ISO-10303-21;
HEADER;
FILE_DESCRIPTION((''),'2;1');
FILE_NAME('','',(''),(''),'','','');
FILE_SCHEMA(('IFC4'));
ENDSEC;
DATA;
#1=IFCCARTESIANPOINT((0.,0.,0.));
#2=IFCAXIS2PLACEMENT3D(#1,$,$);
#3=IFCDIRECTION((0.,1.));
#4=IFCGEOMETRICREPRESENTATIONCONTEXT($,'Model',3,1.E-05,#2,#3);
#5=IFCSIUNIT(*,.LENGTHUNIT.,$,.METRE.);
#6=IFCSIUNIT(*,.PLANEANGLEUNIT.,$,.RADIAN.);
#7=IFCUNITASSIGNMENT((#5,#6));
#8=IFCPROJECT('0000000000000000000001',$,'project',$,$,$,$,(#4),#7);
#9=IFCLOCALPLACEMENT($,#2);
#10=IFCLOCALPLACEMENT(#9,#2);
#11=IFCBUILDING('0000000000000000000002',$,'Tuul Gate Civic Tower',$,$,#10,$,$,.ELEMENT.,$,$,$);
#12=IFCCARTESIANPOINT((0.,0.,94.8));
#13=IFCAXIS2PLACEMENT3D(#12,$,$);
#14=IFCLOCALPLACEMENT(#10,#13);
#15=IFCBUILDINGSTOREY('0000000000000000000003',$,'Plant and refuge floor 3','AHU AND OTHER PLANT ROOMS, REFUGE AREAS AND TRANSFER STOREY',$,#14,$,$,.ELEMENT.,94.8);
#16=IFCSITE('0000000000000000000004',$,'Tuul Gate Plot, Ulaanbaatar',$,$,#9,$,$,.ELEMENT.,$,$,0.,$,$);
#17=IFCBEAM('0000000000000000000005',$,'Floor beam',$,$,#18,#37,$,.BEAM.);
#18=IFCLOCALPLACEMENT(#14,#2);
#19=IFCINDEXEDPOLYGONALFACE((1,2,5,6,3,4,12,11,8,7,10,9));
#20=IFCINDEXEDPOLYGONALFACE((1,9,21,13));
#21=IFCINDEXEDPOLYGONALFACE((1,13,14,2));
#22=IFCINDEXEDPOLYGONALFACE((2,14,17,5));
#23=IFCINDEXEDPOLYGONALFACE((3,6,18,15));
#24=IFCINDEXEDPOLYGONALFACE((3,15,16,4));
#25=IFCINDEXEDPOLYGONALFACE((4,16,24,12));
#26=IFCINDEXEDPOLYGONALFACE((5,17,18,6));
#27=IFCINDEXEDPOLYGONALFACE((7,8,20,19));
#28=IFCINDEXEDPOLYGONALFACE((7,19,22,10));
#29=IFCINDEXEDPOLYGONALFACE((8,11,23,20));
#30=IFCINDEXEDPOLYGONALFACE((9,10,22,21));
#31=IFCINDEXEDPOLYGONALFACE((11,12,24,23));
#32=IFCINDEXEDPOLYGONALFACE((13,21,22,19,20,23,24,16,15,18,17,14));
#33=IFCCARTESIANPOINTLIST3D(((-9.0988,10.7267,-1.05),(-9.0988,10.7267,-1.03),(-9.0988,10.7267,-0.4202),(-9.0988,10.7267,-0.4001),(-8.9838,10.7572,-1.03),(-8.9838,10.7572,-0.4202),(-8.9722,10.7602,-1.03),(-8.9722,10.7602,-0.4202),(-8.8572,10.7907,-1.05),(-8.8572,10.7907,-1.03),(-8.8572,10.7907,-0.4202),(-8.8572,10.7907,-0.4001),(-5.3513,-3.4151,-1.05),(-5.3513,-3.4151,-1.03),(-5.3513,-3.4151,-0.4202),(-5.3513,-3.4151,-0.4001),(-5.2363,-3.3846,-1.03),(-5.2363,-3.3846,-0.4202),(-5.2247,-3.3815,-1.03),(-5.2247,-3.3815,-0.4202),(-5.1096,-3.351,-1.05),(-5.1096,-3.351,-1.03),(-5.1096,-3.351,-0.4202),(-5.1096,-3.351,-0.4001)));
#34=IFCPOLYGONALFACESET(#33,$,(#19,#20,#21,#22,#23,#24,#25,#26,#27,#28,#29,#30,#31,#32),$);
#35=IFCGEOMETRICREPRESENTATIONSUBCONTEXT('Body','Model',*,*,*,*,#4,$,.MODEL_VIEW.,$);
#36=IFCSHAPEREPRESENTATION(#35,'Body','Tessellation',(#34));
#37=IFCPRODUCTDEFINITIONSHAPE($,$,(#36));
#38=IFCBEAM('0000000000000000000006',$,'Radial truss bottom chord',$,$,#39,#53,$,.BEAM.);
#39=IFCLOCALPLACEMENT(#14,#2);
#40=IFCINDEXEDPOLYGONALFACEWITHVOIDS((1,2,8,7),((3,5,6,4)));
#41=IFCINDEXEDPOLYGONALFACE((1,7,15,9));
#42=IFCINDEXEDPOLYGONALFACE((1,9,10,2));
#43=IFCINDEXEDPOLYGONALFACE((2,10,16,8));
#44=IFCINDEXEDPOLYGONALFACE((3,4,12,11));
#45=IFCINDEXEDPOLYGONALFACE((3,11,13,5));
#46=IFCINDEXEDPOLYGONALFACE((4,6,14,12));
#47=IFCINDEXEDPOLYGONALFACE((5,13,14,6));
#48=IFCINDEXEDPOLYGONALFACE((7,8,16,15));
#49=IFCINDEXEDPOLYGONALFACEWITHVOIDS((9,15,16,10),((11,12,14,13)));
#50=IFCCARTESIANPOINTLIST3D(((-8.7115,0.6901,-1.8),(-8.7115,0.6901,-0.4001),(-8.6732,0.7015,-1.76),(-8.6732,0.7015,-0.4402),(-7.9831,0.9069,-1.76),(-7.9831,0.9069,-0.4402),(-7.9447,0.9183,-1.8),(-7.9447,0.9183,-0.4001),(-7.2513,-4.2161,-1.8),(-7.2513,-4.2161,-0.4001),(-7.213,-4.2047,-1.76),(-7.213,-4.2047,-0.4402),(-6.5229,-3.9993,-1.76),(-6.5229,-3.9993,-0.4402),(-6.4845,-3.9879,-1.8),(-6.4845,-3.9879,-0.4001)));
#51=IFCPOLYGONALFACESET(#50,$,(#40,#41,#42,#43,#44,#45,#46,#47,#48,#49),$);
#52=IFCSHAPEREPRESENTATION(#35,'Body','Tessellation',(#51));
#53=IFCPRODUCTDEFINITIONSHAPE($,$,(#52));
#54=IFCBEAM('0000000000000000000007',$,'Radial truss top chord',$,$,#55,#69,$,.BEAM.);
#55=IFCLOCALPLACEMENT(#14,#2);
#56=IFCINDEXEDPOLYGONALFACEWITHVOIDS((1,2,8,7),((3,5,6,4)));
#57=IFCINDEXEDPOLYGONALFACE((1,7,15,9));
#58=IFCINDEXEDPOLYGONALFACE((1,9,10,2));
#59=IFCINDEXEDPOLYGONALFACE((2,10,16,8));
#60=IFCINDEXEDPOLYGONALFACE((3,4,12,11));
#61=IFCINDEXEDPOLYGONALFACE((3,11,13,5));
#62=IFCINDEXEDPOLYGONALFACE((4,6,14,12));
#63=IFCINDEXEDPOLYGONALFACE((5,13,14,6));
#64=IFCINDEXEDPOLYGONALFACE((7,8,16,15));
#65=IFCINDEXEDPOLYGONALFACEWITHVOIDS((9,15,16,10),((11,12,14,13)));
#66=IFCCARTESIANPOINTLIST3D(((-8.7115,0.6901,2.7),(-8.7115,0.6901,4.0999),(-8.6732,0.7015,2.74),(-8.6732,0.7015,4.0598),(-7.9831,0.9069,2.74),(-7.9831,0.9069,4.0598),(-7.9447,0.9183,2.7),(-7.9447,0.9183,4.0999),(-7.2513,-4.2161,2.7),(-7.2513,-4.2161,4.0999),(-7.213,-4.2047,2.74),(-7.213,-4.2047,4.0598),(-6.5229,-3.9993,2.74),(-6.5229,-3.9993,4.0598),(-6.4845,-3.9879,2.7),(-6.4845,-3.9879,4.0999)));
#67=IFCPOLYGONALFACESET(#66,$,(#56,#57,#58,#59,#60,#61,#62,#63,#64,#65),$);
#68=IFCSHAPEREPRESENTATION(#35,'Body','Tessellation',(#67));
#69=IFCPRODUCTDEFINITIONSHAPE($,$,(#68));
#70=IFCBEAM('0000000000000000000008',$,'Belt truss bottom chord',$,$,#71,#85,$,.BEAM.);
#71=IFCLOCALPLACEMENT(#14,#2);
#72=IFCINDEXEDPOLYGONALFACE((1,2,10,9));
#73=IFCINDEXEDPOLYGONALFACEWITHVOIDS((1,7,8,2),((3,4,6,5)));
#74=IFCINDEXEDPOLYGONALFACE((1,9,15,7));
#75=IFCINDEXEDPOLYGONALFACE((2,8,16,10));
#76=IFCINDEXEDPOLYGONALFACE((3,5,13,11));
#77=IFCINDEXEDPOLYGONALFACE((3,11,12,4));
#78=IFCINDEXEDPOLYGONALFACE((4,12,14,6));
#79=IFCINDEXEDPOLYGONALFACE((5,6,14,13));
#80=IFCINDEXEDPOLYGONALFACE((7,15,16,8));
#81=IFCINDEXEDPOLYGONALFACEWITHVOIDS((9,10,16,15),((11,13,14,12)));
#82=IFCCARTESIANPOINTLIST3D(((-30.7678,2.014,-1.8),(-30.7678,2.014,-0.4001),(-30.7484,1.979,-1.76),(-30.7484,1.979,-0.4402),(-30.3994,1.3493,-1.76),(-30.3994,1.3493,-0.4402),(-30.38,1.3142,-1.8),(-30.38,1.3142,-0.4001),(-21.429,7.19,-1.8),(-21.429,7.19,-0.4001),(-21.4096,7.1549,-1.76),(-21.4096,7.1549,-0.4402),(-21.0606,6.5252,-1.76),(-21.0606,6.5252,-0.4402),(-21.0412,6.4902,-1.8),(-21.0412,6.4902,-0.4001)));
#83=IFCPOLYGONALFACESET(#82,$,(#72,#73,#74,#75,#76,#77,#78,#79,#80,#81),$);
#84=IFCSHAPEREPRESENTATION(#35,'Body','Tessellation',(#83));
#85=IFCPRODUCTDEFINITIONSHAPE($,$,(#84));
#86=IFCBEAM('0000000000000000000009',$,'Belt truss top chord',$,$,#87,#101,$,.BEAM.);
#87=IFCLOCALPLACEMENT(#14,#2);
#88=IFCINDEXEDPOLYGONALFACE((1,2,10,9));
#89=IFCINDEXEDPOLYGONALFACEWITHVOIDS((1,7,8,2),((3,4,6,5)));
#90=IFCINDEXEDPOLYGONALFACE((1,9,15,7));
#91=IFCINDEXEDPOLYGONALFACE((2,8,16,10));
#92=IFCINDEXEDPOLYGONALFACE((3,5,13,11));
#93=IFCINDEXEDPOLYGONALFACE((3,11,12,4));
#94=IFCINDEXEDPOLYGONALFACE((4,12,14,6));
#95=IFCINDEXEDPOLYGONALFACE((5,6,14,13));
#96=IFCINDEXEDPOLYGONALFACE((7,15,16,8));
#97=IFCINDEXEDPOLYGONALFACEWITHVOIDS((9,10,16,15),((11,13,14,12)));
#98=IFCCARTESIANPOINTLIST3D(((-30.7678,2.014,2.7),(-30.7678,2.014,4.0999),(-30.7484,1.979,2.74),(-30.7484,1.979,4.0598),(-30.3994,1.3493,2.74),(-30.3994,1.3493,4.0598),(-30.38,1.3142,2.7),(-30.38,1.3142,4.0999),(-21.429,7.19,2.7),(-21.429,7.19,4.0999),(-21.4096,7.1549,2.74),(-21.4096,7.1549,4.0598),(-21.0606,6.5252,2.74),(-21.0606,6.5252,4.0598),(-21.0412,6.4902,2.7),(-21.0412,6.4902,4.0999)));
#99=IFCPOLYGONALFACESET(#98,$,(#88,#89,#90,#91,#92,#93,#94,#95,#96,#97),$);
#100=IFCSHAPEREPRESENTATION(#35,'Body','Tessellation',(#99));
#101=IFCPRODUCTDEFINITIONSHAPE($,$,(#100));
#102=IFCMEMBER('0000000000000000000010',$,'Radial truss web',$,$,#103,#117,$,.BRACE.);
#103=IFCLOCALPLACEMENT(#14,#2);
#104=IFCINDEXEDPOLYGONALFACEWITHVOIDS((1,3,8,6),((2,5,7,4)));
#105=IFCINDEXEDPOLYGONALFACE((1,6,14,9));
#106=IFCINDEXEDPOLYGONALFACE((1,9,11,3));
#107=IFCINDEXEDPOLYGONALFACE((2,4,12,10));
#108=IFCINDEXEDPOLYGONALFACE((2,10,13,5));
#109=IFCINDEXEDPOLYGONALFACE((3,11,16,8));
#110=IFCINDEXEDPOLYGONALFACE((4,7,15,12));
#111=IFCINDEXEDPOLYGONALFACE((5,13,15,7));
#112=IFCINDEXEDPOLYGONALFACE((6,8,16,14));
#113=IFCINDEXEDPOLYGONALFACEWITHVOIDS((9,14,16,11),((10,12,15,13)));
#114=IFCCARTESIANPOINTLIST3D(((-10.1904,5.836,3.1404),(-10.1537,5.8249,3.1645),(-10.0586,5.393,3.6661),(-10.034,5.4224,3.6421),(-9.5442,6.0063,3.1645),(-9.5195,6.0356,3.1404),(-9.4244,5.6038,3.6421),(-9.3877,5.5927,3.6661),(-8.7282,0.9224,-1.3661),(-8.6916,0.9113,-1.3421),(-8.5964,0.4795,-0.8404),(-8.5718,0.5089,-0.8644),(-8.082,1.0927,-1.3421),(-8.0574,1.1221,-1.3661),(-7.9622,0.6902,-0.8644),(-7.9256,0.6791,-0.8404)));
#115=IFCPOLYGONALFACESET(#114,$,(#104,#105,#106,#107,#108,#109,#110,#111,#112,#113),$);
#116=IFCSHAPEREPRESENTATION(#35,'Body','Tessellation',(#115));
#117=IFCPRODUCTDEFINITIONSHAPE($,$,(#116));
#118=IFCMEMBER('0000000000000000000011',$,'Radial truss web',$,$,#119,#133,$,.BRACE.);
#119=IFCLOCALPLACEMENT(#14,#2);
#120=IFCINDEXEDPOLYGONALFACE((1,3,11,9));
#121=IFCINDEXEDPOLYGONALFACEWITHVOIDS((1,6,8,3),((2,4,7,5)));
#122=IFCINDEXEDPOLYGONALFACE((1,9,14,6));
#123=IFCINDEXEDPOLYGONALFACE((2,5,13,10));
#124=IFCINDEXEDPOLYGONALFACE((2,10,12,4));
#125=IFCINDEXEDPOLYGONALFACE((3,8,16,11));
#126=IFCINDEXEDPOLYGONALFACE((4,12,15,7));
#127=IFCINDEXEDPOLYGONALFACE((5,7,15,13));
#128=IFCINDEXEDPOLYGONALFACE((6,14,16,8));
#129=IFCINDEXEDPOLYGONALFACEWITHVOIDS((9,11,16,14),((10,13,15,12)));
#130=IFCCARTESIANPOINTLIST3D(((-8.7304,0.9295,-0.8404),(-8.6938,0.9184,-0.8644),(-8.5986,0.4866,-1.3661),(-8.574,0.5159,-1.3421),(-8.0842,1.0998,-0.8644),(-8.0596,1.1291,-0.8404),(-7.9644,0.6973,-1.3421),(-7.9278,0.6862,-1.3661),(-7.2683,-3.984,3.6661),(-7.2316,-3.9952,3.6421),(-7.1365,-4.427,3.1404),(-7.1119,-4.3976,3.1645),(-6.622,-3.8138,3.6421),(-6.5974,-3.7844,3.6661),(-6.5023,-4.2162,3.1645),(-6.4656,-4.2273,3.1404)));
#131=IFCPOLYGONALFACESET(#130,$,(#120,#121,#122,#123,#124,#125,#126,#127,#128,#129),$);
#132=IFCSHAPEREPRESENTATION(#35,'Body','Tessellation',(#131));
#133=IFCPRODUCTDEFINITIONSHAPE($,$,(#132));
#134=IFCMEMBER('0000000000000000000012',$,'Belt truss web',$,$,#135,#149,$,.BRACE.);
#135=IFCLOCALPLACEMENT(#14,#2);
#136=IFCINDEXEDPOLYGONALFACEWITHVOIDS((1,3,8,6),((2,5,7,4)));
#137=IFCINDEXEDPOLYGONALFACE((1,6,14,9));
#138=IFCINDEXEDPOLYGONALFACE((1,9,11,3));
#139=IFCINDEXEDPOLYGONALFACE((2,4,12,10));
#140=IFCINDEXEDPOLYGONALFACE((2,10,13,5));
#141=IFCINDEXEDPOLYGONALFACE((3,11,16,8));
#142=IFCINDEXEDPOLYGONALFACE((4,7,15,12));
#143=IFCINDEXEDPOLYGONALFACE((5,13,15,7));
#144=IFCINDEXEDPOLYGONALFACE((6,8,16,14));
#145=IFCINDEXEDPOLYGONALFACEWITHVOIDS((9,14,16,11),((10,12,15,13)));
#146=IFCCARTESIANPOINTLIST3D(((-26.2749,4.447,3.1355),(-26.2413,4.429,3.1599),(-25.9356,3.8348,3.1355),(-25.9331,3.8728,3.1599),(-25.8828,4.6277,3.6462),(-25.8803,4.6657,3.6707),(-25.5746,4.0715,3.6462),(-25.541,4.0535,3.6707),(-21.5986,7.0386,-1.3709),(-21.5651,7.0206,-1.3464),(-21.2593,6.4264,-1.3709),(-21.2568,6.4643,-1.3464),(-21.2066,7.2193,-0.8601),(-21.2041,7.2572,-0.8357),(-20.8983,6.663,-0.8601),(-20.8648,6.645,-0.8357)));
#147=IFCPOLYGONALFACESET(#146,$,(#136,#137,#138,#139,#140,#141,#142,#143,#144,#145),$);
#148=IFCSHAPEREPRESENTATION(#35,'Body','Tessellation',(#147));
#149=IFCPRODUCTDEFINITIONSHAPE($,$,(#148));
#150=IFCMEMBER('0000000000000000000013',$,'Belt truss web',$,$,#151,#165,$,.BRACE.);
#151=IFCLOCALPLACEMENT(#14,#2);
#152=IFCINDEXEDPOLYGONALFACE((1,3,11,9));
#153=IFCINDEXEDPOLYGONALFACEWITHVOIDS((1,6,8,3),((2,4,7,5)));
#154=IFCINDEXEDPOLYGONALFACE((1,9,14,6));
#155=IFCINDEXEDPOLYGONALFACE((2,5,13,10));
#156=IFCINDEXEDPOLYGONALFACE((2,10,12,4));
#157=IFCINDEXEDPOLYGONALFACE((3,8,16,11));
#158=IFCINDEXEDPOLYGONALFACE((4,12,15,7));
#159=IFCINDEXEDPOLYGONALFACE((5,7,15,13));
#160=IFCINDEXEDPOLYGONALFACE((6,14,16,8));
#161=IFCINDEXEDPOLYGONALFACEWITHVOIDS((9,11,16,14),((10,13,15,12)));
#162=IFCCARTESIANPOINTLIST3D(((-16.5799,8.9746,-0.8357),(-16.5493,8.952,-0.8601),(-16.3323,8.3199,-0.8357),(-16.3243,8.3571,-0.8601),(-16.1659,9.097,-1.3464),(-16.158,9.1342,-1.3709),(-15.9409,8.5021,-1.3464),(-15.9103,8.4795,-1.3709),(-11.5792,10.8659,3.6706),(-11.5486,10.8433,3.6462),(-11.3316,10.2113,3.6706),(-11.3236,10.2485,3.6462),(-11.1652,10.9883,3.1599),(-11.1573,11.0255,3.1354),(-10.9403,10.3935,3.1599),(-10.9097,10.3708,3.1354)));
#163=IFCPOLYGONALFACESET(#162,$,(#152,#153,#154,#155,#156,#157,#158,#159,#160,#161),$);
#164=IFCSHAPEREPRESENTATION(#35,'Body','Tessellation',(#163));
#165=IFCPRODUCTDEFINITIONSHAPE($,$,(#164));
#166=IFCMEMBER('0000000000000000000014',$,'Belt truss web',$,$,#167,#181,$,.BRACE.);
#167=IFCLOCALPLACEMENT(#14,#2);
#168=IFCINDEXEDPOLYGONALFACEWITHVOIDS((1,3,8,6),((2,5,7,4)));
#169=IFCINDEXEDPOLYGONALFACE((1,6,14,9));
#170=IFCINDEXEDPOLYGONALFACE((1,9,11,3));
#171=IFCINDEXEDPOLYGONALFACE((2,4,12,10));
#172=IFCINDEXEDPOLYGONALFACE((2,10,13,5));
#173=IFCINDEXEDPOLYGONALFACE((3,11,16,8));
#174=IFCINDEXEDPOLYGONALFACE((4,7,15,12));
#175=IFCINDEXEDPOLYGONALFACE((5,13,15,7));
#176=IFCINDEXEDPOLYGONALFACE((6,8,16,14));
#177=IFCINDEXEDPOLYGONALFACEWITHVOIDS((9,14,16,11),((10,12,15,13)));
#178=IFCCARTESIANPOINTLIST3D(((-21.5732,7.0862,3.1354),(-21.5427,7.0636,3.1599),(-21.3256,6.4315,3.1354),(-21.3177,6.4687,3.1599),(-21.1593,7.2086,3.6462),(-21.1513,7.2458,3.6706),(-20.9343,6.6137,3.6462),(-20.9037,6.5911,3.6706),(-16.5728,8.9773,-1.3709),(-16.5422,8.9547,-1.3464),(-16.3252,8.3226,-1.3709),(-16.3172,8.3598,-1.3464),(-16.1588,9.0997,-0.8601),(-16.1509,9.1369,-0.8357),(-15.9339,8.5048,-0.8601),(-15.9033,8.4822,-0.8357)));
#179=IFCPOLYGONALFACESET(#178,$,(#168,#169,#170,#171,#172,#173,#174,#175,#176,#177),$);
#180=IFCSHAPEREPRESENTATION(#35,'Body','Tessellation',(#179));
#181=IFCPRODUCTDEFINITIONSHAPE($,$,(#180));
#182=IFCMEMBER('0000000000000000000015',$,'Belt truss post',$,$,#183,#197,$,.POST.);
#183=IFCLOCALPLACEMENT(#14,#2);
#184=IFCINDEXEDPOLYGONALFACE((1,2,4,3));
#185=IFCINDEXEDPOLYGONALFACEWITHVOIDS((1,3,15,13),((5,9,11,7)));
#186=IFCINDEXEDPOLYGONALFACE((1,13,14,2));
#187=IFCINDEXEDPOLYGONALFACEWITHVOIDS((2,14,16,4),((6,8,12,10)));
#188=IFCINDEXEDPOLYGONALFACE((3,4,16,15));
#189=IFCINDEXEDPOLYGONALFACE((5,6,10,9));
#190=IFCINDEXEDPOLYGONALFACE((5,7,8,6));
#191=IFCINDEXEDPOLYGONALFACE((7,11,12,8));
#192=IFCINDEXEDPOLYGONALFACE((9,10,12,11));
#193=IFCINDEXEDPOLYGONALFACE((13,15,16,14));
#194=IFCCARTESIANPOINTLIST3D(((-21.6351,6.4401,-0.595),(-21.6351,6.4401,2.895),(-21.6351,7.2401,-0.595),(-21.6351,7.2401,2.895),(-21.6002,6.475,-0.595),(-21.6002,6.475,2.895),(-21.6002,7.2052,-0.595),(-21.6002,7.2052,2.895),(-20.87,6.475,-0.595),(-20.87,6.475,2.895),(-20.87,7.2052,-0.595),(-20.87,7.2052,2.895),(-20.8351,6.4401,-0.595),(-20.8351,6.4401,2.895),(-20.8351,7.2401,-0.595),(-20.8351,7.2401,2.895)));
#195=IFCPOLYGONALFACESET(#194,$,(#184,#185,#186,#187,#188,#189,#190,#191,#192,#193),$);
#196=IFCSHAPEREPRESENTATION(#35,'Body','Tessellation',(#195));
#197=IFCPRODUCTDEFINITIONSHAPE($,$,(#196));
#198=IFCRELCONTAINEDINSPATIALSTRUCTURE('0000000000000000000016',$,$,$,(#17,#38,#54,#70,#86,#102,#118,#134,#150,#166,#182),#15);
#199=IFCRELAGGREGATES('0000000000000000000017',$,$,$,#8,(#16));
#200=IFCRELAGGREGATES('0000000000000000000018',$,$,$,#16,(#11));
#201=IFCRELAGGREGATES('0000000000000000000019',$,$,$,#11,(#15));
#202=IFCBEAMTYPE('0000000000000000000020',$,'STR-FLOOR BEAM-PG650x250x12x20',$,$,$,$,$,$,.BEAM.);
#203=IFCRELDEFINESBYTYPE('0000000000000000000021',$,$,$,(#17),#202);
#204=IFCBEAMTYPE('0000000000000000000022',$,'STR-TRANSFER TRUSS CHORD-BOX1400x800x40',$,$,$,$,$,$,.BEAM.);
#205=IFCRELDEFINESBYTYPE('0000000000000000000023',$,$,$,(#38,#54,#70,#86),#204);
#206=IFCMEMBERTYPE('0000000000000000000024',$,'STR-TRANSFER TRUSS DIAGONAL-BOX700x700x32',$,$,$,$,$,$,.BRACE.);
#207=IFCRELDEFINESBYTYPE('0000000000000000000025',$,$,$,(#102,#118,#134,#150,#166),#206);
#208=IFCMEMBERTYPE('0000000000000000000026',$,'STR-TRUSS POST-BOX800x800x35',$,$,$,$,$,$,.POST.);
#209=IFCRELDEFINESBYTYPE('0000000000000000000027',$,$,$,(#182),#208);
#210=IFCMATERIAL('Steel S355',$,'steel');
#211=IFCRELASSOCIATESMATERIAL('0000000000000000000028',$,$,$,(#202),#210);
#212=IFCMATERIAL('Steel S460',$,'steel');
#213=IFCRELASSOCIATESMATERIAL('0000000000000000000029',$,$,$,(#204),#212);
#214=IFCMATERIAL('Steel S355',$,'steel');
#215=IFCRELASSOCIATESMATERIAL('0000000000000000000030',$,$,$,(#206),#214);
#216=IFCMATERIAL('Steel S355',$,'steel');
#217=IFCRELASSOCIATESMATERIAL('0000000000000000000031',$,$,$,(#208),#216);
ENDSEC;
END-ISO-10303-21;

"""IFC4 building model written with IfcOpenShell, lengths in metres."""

from ifc_helpers import new_model, si_unit, direction, frame, origin, origin_2d, place, context, subcontext, project, spatial, hollow_rectangle, i_section, extrude, material, material_profile, profile_set, type_object, element, save


model = new_model("IFC4")

# Units and contexts
model_context = context("Model", 3, precision=1e-05, world=origin(), true_north=direction((0.0, 1.0)))
body_context = subcontext(model_context, "Body", "Model", "MODEL_VIEW")
ifc_project = project(units=[si_unit("LENGTHUNIT", "METRE"), si_unit("PLANEANGLEUNIT", "RADIAN")], contexts=[model_context])

# Site, building, storey
site_placement = place(None, origin())
site = spatial("IfcSite", under=ifc_project, at=site_placement, Name="Tuul Gate Plot, Ulaanbaatar", CompositionType="ELEMENT", RefElevation=0.0)
building_placement = place(site_placement, origin())
building = spatial("IfcBuilding", under=site, at=building_placement, Name="Tuul Gate Civic Tower", CompositionType="ELEMENT")
storey_placement = place(building_placement, frame((0.0, 0.0, 94.8)))
storey = spatial("IfcBuildingStorey", under=building, at=storey_placement, Name="Plant and refuge floor 3", Description="AHU AND OTHER PLANT ROOMS, REFUGE AREAS AND TRANSFER STOREY", CompositionType="ELEMENT", Elevation=94.8)

# Beams
ifc_material_1 = material(Name="Steel S355", Category="steel")
ifc_material_profile_1 = material_profile(ifc_material_1, i_section(OverallWidth=0.25, OverallDepth=0.6499, WebThickness=0.012, FlangeThickness=0.02, at=origin_2d()), Name="PG650x250x12x20")
ifc_profile_set_1 = profile_set([ifc_material_profile_1], Name="Steel S355")
beam_type_1 = type_object("IfcBeamType", Name="STR-FLOOR BEAM-PG650x250x12x20", PredefinedType="BEAM", material=ifc_profile_set_1)
beam_placement = place(storey_placement, frame((-5.2305, -3.3831, -0.7251), z_axis=(-0.256156, 0.966635, 0.0), x_axis=(-0.966635, -0.256156, 0.0)))
element("IfcBeam", 1, at=beam_placement, inside=storey, type_object=beam_type_1, Name="Floor beam", PredefinedType="BEAM", context=body_context, shape_type="SweptSolid", body=[
    extrude(i_section(OverallWidth=0.25, OverallDepth=0.6499, WebThickness=0.012, FlangeThickness=0.02, at=origin_2d()), origin(), (0.0, 0.0, 1.0), 14.6299),
])
ifc_material_2 = material(Name="Steel S460", Category="steel")
ifc_material_profile_2 = material_profile(ifc_material_2, hollow_rectangle(XDim=0.8, YDim=1.3999, WallThickness=0.04, at=origin_2d()), Name="BOX1400x800x40")
ifc_profile_set_2 = profile_set([ifc_material_profile_2], Name="Steel S460")
beam_type_2 = type_object("IfcBeamType", Name="STR-TRANSFER TRUSS CHORD-BOX1400x800x40", PredefinedType="BEAM", material=ifc_profile_set_2)
for number, where, z_axis, x_axis, name in (
    (2, (-8.3281, 0.8042, -1.1001), (0.285256, -0.958451, 0.0), (0.958451, 0.285256, 0.0), "Radial truss bottom chord"),
    (3, (-8.3281, 0.8042, 3.3999), (0.285256, -0.958451, 0.0), (0.958451, 0.285256, 0.0), "Radial truss top chord"),
):
    element("IfcBeam", number, at=place(storey_placement, frame(where, z_axis=z_axis, x_axis=x_axis)), inside=storey, type_object=beam_type_2, Name=name, PredefinedType="BEAM", context=body_context, shape_type="SweptSolid", body=[
        extrude(hollow_rectangle(XDim=0.8, YDim=1.3999, WallThickness=0.04, at=origin_2d()), origin(), (0.0, 0.0, 1.0), 5.1189),
    ])
for number, where, z_axis, x_axis, name in (
    (4, (-21.2351, 6.8401, -1.1001), (-0.874643, -0.484767, 0.0), (0.484767, -0.874643, 0.0), "Belt truss bottom chord"),
    (5, (-21.2351, 6.8401, 3.3999), (-0.874643, -0.484767, 0.0), (0.484767, -0.874643, 0.0), "Belt truss top chord"),
):
    element("IfcBeam", number, at=place(storey_placement, frame(where, z_axis=z_axis, x_axis=x_axis)), inside=storey, type_object=beam_type_2, Name=name, PredefinedType="BEAM", context=body_context, shape_type="SweptSolid", body=[
        extrude(hollow_rectangle(XDim=0.8, YDim=1.3999, WallThickness=0.04, at=origin_2d()), origin(), (0.0, 0.0, 1.0), 10.6772),
    ])

# Members
ifc_material_3 = material(Name="Steel S355", Category="steel")
ifc_material_profile_3 = material_profile(ifc_material_3, hollow_rectangle(XDim=0.7, YDim=0.7, WallThickness=0.032, at=origin_2d()), Name="BOX700x700x32")
ifc_profile_set_3 = profile_set([ifc_material_profile_3], Name="Steel S355")
member_type_1 = type_object("IfcMemberType", Name="STR-TRANSFER TRUSS DIAGONAL-BOX700x700x32", PredefinedType="BRACE", material=ifc_profile_set_3)
for number, where, z_axis, x_axis, name in (
    (6, (-8.3269, 0.8008, -1.1033), (-0.214213, 0.719861, 0.660237), (-0.958464, -0.285215, 0.0), "Radial truss web"),
    (7, (-8.3291, 0.8079, -1.1033), (0.214213, -0.719861, 0.660237), (0.958464, 0.285215, 0.0), "Radial truss web"),
):
    element("IfcMember", number, at=place(storey_placement, frame(where, z_axis=z_axis, x_axis=x_axis)), inside=storey, type_object=member_type_1, Name=name, PredefinedType="BRACE", context=body_context, shape_type="SweptSolid", body=[
        extrude(hollow_rectangle(XDim=0.7, YDim=0.7, WallThickness=0.032, at=origin_2d()), origin(), (0.0, 0.0, 1.0), 6.8257),
    ])
for number, where, z_axis, x_axis, name in (
    (8, (-21.2317, 6.8418, -1.1033), (-0.668784, -0.370635, 0.644482), (0.484732, -0.874663, 0.0), "Belt truss web"),
    (9, (-16.2451, 8.7271, -1.1033), (0.715181, 0.270493, 0.644476), (-0.353759, 0.935336, 0.0), "Belt truss web"),
):
    element("IfcMember", number, at=place(storey_placement, frame(where, z_axis=z_axis, x_axis=x_axis)), inside=storey, type_object=member_type_1, Name=name, PredefinedType="BRACE", context=body_context, shape_type="SweptSolid", body=[
        extrude(hollow_rectangle(XDim=0.7, YDim=0.7, WallThickness=0.032, at=origin_2d()), origin(), (0.0, 0.0, 1.0), 6.9922),
    ])
member_1_placement = place(storey_placement, frame((-16.238, 8.7297, -1.1033), z_axis=(-0.715171, -0.270467, 0.644499), x_axis=(0.353734, -0.935346, 0.0)))
element("IfcMember", 10, at=member_1_placement, inside=storey, type_object=member_type_1, Name="Belt truss web", PredefinedType="BRACE", context=body_context, shape_type="SweptSolid", body=[
    extrude(hollow_rectangle(XDim=0.7, YDim=0.7, WallThickness=0.032, at=origin_2d()), origin(), (0.0, 0.0, 1.0), 6.9919),
])
ifc_material_4 = material(Name="Steel S355", Category="steel")
ifc_material_profile_4 = material_profile(ifc_material_4, hollow_rectangle(XDim=0.8, YDim=0.8, WallThickness=0.0349, at=origin_2d()), Name="BOX800x800x35")
ifc_profile_set_4 = profile_set([ifc_material_profile_4], Name="Steel S355")
member_type_2 = type_object("IfcMemberType", Name="STR-TRUSS POST-BOX800x800x35", PredefinedType="POST", material=ifc_profile_set_4)
member_2_placement = place(storey_placement, frame((-21.2351, 6.8401, -0.595), z_axis=(0.0, 0.0, 1.0), x_axis=(1.0, 0.0, 0.0)))
element("IfcMember", 11, at=member_2_placement, inside=storey, type_object=member_type_2, Name="Belt truss post", PredefinedType="POST", context=body_context, shape_type="SweptSolid", body=[
    extrude(hollow_rectangle(XDim=0.8, YDim=0.8, WallThickness=0.0349, at=origin_2d()), origin(), (0.0, 0.0, 1.0), 3.49),
])

save(model, "model.ifc")
